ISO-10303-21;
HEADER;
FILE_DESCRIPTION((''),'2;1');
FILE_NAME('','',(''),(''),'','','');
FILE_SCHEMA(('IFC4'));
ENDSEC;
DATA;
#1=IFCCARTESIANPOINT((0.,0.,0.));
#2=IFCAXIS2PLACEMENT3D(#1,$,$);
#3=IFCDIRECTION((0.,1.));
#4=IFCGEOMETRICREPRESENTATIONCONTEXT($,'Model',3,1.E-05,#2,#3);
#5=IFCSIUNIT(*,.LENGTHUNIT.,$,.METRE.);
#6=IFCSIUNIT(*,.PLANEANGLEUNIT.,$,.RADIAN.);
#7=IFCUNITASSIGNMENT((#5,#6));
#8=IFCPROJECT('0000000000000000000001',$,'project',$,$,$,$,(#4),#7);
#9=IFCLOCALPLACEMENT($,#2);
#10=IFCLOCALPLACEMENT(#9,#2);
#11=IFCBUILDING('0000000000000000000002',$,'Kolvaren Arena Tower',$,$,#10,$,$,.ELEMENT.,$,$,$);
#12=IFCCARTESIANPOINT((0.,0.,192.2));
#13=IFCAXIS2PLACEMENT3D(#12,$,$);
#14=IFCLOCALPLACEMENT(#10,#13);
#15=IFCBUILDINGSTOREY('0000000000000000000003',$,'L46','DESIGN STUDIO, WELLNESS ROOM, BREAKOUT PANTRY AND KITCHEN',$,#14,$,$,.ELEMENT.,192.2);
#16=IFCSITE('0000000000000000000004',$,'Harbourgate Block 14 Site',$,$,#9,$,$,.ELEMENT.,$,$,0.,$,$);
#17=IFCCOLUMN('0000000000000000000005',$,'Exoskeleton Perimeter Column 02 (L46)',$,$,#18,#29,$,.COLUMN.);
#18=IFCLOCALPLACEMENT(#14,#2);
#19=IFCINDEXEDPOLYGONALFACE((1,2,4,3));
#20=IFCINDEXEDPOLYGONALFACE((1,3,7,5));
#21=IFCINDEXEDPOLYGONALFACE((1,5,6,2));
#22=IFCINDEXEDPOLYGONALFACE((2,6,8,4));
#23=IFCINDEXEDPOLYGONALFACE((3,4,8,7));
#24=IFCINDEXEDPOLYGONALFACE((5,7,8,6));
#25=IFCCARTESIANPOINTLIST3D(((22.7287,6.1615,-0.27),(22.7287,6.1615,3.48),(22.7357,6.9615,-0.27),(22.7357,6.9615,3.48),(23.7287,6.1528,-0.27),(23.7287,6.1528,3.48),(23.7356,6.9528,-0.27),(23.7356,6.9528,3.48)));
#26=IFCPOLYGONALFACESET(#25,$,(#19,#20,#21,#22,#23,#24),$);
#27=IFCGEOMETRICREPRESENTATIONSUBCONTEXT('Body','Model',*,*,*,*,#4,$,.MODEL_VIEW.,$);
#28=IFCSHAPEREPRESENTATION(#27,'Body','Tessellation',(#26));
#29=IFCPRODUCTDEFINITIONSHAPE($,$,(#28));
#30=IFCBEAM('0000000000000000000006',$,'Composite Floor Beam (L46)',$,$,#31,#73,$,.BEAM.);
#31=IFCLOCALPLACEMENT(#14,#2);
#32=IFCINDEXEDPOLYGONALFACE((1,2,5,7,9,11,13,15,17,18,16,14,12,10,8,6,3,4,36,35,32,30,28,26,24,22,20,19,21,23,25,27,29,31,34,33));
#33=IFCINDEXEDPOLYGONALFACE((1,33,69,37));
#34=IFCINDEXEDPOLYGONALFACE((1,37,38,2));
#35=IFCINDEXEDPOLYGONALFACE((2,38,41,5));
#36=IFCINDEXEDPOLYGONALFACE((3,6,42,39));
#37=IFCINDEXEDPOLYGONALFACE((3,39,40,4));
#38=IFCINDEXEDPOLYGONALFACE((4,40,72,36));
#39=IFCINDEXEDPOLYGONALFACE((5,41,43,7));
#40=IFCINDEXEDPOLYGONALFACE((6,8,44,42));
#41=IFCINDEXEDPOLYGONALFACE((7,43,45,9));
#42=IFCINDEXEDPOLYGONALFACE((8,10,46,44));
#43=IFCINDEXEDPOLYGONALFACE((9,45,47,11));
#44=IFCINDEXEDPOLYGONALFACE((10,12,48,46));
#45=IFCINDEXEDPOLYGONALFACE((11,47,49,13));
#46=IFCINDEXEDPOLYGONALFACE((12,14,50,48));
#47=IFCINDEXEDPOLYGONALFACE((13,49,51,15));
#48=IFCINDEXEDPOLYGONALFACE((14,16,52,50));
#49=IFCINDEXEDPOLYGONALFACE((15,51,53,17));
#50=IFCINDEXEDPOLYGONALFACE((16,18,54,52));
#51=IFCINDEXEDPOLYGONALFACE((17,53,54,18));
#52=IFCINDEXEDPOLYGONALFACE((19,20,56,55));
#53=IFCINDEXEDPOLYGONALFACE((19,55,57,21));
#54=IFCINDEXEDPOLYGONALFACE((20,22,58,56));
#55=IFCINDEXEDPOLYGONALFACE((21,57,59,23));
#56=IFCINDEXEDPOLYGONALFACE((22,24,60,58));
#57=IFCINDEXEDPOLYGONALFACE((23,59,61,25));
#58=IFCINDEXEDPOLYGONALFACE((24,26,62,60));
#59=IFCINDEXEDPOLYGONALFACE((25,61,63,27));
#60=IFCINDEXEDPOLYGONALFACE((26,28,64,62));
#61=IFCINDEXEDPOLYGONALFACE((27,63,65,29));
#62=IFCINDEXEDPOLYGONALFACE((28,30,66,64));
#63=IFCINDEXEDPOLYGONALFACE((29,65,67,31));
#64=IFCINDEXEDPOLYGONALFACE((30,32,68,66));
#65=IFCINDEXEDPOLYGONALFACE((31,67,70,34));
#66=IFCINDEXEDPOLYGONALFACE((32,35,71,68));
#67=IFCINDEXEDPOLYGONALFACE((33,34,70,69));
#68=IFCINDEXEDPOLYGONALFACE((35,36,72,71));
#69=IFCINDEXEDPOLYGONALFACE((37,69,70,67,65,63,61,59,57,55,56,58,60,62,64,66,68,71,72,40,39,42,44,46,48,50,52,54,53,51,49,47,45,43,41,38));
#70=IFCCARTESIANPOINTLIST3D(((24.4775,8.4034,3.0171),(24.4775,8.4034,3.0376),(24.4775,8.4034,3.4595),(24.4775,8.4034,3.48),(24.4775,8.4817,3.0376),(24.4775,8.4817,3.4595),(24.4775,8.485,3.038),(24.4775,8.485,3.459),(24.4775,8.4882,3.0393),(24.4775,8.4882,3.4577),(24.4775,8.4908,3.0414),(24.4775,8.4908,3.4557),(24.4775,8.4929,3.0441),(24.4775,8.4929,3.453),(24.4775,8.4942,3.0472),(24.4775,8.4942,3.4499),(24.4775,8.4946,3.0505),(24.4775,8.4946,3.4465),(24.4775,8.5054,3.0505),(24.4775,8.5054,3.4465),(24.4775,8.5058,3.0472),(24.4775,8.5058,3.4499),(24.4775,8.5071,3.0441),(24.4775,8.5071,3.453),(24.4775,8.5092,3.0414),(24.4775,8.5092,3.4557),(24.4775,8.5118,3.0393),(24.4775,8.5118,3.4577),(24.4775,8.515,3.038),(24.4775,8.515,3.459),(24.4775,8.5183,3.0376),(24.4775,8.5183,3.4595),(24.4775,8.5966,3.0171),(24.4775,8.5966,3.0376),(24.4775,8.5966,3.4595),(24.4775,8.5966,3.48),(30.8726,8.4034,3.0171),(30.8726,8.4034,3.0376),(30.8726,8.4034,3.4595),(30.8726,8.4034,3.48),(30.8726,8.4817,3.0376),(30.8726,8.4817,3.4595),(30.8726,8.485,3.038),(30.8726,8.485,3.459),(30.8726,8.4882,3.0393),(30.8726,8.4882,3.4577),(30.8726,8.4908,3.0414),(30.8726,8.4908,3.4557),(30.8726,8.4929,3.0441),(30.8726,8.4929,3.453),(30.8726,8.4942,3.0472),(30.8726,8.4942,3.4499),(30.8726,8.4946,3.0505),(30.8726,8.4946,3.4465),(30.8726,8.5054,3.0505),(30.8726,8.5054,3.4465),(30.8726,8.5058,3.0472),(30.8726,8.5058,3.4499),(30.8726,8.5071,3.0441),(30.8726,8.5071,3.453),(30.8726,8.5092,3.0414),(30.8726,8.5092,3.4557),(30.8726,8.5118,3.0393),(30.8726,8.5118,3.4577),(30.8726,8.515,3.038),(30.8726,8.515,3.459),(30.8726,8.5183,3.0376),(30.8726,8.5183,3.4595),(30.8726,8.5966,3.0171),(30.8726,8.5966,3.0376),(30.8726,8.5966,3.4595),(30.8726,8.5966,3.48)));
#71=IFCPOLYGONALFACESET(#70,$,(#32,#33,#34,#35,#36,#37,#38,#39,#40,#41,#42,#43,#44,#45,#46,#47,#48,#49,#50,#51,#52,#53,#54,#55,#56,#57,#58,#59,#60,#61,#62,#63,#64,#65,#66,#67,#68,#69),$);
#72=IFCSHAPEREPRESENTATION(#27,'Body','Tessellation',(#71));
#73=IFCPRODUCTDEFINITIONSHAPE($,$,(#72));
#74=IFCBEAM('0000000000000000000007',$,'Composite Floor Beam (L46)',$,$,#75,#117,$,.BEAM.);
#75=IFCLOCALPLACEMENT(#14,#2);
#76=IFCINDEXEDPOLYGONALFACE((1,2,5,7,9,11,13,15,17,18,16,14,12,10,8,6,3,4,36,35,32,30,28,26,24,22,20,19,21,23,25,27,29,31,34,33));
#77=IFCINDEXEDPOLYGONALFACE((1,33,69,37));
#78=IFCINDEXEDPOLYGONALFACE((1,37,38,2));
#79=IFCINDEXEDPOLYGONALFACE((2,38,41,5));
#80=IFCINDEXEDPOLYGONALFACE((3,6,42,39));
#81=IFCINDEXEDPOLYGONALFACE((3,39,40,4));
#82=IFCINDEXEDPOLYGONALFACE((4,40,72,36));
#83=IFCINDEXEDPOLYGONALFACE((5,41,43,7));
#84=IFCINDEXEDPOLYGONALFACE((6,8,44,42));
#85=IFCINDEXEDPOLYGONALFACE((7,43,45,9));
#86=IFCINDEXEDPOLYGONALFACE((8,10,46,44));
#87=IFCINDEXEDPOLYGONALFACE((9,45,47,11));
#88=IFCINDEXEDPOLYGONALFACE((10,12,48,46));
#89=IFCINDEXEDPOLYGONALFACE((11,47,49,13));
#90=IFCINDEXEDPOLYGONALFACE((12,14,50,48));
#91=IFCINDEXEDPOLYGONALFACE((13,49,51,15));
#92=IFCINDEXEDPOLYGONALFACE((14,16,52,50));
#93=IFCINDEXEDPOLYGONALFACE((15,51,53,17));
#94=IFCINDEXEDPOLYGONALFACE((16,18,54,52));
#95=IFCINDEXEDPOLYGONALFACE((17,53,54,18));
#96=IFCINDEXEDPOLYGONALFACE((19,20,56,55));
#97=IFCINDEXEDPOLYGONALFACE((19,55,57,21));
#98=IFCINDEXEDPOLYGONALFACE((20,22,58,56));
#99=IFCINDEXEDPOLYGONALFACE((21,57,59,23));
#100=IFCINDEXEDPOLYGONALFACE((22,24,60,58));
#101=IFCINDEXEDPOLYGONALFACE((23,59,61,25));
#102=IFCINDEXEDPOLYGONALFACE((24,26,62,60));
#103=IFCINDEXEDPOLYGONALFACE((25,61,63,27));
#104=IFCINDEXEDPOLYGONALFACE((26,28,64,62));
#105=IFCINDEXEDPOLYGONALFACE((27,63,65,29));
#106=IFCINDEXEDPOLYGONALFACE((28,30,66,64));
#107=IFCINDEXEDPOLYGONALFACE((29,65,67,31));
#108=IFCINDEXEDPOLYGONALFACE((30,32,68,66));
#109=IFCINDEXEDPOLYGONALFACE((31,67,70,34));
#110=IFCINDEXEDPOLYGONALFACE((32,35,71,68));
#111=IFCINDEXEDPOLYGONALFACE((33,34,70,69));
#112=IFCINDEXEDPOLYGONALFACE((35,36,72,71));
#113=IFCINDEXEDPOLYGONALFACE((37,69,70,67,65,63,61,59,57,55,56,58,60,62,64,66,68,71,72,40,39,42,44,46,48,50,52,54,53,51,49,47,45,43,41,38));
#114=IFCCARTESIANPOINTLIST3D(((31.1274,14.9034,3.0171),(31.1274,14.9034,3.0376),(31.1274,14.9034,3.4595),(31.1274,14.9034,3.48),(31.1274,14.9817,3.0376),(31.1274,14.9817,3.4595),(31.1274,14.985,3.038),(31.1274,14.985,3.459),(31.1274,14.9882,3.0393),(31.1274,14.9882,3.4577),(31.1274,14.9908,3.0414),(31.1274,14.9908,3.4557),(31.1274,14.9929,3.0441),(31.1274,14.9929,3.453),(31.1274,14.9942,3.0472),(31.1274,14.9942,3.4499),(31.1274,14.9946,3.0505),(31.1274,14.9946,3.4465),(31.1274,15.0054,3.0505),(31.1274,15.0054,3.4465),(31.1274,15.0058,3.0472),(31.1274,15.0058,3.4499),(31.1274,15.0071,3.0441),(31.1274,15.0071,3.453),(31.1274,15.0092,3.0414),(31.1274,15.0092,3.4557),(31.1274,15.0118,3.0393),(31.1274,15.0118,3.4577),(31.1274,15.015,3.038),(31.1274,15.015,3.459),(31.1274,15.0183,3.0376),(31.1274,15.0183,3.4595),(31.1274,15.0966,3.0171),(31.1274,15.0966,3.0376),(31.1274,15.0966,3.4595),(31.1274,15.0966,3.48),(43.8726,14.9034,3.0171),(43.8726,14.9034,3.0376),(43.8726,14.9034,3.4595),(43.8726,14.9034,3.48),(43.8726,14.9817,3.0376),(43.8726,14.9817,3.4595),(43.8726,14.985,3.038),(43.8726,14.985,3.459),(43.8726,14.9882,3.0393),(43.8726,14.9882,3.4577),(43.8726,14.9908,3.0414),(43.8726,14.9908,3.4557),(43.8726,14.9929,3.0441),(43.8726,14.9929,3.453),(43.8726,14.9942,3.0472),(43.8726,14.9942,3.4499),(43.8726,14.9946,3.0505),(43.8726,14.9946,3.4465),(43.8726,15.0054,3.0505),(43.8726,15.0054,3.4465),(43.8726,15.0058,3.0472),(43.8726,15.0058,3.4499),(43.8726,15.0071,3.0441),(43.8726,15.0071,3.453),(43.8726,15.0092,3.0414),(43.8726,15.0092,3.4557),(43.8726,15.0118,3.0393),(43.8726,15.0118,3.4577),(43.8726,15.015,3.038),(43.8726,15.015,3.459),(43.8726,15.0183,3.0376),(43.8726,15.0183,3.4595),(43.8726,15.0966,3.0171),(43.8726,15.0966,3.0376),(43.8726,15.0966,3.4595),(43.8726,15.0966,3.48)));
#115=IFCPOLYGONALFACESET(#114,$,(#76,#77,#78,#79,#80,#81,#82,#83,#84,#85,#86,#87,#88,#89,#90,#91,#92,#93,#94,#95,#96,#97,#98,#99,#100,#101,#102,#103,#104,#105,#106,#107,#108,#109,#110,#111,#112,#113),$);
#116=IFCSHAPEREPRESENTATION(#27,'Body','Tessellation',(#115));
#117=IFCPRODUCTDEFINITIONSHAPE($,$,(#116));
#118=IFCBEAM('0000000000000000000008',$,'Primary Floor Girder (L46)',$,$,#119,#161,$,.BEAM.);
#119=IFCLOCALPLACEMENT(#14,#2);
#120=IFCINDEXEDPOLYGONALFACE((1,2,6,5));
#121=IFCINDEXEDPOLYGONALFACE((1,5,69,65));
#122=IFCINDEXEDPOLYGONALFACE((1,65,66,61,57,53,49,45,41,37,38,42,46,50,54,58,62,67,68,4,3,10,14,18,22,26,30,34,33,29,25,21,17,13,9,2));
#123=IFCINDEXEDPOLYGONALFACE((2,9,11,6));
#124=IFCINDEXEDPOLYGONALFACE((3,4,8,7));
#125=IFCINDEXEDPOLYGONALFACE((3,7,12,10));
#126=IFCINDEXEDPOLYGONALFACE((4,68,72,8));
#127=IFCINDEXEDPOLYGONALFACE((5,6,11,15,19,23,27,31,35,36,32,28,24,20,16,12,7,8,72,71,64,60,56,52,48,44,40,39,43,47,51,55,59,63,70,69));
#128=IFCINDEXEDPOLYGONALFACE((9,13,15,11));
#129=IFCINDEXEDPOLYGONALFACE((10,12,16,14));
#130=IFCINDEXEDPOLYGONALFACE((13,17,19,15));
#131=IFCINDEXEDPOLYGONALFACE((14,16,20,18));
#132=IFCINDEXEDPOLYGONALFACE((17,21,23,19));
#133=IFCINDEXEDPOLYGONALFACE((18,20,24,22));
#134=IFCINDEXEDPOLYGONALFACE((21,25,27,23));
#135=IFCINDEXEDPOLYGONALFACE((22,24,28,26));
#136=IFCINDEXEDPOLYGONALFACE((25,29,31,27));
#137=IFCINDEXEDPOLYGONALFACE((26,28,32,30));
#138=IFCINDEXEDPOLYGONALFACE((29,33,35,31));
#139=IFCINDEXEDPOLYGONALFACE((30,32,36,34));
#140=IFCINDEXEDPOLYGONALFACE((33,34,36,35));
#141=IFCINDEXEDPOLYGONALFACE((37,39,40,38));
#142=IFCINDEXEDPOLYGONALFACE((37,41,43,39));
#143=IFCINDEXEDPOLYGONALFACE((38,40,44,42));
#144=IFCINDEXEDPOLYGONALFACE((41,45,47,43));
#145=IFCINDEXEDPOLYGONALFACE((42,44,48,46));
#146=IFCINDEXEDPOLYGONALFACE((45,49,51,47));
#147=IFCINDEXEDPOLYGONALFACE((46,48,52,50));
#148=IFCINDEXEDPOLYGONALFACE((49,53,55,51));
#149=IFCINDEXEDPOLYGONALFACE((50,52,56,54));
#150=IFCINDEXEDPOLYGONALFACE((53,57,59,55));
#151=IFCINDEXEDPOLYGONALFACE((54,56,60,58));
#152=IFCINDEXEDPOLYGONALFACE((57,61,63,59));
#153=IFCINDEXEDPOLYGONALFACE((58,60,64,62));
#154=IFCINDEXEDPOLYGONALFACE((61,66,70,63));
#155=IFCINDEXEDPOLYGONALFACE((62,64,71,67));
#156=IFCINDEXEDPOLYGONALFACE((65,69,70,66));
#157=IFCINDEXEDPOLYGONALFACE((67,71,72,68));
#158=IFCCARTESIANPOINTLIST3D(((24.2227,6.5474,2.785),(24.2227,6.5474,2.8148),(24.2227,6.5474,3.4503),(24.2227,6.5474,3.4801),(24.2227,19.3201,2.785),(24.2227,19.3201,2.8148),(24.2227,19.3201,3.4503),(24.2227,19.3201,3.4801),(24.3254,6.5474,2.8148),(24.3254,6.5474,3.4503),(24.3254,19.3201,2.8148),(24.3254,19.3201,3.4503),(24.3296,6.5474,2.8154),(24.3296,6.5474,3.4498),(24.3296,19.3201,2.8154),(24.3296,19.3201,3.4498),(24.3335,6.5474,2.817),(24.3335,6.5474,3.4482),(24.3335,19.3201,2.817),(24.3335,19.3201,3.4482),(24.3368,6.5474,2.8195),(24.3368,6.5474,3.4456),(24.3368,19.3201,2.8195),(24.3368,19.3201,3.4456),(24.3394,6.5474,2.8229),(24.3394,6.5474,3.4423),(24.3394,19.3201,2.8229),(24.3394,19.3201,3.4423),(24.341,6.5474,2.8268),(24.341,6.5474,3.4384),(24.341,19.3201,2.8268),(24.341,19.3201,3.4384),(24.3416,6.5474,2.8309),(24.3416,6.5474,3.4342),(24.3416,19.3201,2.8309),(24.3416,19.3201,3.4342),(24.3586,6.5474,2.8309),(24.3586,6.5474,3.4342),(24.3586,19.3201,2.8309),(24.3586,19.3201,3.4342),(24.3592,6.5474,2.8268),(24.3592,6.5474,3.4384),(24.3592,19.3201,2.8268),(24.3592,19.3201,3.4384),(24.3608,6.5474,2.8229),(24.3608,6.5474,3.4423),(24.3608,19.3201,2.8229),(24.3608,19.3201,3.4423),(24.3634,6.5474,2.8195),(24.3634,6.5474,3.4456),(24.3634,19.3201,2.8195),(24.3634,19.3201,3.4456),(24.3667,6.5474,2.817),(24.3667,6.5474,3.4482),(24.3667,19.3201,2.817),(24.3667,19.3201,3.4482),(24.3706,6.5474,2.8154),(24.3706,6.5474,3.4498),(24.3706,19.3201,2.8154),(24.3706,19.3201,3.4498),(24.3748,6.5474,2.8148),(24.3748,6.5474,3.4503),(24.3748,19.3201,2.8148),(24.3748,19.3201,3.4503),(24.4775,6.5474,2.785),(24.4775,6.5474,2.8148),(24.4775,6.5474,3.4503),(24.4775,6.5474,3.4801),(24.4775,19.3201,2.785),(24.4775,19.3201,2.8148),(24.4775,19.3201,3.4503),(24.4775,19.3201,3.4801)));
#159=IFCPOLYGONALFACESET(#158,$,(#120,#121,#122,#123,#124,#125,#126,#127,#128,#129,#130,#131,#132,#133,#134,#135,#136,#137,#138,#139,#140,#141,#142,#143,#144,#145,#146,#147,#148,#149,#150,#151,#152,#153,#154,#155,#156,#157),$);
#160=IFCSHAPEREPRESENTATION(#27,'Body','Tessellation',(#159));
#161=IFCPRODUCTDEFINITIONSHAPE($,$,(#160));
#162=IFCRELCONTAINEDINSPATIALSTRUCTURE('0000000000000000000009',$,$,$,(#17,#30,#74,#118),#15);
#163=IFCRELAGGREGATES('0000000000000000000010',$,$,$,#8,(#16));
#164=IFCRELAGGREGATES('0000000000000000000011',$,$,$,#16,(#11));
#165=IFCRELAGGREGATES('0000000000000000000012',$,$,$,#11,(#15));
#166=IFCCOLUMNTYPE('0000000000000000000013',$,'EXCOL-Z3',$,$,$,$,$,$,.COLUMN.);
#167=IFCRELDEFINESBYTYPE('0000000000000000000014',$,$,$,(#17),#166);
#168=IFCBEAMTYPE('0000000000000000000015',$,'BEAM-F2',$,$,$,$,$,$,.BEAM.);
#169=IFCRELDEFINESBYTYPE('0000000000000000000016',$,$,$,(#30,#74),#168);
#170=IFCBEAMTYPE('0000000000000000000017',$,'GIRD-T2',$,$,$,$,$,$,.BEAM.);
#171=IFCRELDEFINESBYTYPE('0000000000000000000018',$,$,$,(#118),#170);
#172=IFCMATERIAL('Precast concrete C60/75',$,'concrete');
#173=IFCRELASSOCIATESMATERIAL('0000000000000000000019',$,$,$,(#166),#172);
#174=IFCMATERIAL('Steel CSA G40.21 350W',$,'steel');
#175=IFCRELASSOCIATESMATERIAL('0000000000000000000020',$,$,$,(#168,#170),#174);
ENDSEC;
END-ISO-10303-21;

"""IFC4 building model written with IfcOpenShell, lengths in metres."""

from ifc_helpers import new_model, si_unit, direction, frame, origin, origin_2d, place, context, subcontext, project, spatial, rectangle, i_section, extrude, material, material_profile, profile_set, type_object, element, save


model = new_model("IFC4")

# Units and contexts
model_context = context("Model", 3, precision=1e-05, world=origin(), true_north=direction((0.0, 1.0)))
body_context = subcontext(model_context, "Body", "Model", "MODEL_VIEW")
ifc_project = project(units=[si_unit("LENGTHUNIT", "METRE"), si_unit("PLANEANGLEUNIT", "RADIAN")], contexts=[model_context])

# Site, building, storey
site_placement = place(None, origin())
site = spatial("IfcSite", under=ifc_project, at=site_placement, Name="Harbourgate Block 14 Site", CompositionType="ELEMENT", RefElevation=0.0)
building_placement = place(site_placement, origin())
building = spatial("IfcBuilding", under=site, at=building_placement, Name="Kolvaren Arena Tower", CompositionType="ELEMENT")
storey_placement = place(building_placement, frame((0.0, 0.0, 192.2)))
storey = spatial("IfcBuildingStorey", under=building, at=storey_placement, Name="L46", Description="DESIGN STUDIO, WELLNESS ROOM, BREAKOUT PANTRY AND KITCHEN", CompositionType="ELEMENT", Elevation=192.2)

# Column
ifc_material_1 = material(Name="Precast concrete C60/75", Category="concrete")
ifc_material_profile_1 = material_profile(ifc_material_1, rectangle(XDim=1.0, YDim=0.8, at=origin_2d()), Name="RC-1000x800")
ifc_profile_set_1 = profile_set([ifc_material_profile_1], Name="Precast concrete C60/75")
column_type = type_object("IfcColumnType", Name="EXCOL-Z3", PredefinedType="COLUMN", material=ifc_profile_set_1)
column_placement = place(storey_placement, frame((23.2322, 6.5571, -0.27), z_axis=(0.0, 0.0, 1.0), x_axis=(0.999962, -0.008727, 0.0)))
element("IfcColumn", 1, at=column_placement, inside=storey, type_object=column_type, Name="Exoskeleton Perimeter Column 02 (L46)", PredefinedType="COLUMN", context=body_context, shape_type="SweptSolid", body=[
    extrude(rectangle(XDim=1.0, YDim=0.8, at=origin_2d()), origin(), (0.0, 0.0, 1.0), 3.75),
])

# Beams
ifc_material_2 = material(Name="Steel CSA G40.21 350W", Category="steel")
ifc_material_profile_2 = material_profile(ifc_material_2, i_section(OverallWidth=0.1931, OverallDepth=0.4629, WebThickness=0.0107, FlangeThickness=0.0205, FilletRadius=0.0129, at=origin_2d()), Name="W460x113")
ifc_profile_set_2 = profile_set([ifc_material_profile_2], Name="Steel CSA G40.21 350W")
beam_type_1 = type_object("IfcBeamType", Name="BEAM-F2", PredefinedType="BEAM", material=ifc_profile_set_2)
beam_1_placement = place(storey_placement, frame((24.4775, 8.5, 3.2485), z_axis=(1.0, 0.0, 0.0), x_axis=(0.0, 1.0, 0.0)))
element("IfcBeam", 2, at=beam_1_placement, inside=storey, type_object=beam_type_1, Name="Composite Floor Beam (L46)", PredefinedType="BEAM", context=body_context, shape_type="SweptSolid", body=[
    extrude(i_section(OverallWidth=0.1931, OverallDepth=0.4629, WebThickness=0.0107, FlangeThickness=0.0205, FilletRadius=0.0129, at=origin_2d()), origin(), (0.0, 0.0, 1.0), 6.395),
])
beam_2_placement = place(storey_placement, frame((31.1274, 15.0, 3.2485), z_axis=(1.0, 0.0, 0.0), x_axis=(0.0, 1.0, 0.0)))
element("IfcBeam", 3, at=beam_2_placement, inside=storey, type_object=beam_type_1, Name="Composite Floor Beam (L46)", PredefinedType="BEAM", context=body_context, shape_type="SweptSolid", body=[
    extrude(i_section(OverallWidth=0.1931, OverallDepth=0.4629, WebThickness=0.0107, FlangeThickness=0.0205, FilletRadius=0.0129, at=origin_2d()), origin(), (0.0, 0.0, 1.0), 12.7451),
])
ifc_material_profile_3 = material_profile(ifc_material_2, i_section(OverallWidth=0.2549, OverallDepth=0.6951, WebThickness=0.0171, FlangeThickness=0.0298, FilletRadius=0.0161, at=origin_2d()), Name="W690x217")
ifc_profile_set_3 = profile_set([ifc_material_profile_3], Name="Steel CSA G40.21 350W")
beam_type_2 = type_object("IfcBeamType", Name="GIRD-T2", PredefinedType="BEAM", material=ifc_profile_set_3)
beam_3_placement = place(storey_placement, frame((24.3501, 6.5474, 3.1326), z_axis=(0.0, 1.0, 0.0), x_axis=(-1.0, 0.0, 0.0)))
element("IfcBeam", 4, at=beam_3_placement, inside=storey, type_object=beam_type_2, Name="Primary Floor Girder (L46)", PredefinedType="BEAM", context=body_context, shape_type="SweptSolid", body=[
    extrude(i_section(OverallWidth=0.2549, OverallDepth=0.6951, WebThickness=0.0171, FlangeThickness=0.0298, FilletRadius=0.0161, at=origin_2d()), origin(), (0.0, 0.0, 1.0), 12.7727),
])

save(model, "model.ifc")
